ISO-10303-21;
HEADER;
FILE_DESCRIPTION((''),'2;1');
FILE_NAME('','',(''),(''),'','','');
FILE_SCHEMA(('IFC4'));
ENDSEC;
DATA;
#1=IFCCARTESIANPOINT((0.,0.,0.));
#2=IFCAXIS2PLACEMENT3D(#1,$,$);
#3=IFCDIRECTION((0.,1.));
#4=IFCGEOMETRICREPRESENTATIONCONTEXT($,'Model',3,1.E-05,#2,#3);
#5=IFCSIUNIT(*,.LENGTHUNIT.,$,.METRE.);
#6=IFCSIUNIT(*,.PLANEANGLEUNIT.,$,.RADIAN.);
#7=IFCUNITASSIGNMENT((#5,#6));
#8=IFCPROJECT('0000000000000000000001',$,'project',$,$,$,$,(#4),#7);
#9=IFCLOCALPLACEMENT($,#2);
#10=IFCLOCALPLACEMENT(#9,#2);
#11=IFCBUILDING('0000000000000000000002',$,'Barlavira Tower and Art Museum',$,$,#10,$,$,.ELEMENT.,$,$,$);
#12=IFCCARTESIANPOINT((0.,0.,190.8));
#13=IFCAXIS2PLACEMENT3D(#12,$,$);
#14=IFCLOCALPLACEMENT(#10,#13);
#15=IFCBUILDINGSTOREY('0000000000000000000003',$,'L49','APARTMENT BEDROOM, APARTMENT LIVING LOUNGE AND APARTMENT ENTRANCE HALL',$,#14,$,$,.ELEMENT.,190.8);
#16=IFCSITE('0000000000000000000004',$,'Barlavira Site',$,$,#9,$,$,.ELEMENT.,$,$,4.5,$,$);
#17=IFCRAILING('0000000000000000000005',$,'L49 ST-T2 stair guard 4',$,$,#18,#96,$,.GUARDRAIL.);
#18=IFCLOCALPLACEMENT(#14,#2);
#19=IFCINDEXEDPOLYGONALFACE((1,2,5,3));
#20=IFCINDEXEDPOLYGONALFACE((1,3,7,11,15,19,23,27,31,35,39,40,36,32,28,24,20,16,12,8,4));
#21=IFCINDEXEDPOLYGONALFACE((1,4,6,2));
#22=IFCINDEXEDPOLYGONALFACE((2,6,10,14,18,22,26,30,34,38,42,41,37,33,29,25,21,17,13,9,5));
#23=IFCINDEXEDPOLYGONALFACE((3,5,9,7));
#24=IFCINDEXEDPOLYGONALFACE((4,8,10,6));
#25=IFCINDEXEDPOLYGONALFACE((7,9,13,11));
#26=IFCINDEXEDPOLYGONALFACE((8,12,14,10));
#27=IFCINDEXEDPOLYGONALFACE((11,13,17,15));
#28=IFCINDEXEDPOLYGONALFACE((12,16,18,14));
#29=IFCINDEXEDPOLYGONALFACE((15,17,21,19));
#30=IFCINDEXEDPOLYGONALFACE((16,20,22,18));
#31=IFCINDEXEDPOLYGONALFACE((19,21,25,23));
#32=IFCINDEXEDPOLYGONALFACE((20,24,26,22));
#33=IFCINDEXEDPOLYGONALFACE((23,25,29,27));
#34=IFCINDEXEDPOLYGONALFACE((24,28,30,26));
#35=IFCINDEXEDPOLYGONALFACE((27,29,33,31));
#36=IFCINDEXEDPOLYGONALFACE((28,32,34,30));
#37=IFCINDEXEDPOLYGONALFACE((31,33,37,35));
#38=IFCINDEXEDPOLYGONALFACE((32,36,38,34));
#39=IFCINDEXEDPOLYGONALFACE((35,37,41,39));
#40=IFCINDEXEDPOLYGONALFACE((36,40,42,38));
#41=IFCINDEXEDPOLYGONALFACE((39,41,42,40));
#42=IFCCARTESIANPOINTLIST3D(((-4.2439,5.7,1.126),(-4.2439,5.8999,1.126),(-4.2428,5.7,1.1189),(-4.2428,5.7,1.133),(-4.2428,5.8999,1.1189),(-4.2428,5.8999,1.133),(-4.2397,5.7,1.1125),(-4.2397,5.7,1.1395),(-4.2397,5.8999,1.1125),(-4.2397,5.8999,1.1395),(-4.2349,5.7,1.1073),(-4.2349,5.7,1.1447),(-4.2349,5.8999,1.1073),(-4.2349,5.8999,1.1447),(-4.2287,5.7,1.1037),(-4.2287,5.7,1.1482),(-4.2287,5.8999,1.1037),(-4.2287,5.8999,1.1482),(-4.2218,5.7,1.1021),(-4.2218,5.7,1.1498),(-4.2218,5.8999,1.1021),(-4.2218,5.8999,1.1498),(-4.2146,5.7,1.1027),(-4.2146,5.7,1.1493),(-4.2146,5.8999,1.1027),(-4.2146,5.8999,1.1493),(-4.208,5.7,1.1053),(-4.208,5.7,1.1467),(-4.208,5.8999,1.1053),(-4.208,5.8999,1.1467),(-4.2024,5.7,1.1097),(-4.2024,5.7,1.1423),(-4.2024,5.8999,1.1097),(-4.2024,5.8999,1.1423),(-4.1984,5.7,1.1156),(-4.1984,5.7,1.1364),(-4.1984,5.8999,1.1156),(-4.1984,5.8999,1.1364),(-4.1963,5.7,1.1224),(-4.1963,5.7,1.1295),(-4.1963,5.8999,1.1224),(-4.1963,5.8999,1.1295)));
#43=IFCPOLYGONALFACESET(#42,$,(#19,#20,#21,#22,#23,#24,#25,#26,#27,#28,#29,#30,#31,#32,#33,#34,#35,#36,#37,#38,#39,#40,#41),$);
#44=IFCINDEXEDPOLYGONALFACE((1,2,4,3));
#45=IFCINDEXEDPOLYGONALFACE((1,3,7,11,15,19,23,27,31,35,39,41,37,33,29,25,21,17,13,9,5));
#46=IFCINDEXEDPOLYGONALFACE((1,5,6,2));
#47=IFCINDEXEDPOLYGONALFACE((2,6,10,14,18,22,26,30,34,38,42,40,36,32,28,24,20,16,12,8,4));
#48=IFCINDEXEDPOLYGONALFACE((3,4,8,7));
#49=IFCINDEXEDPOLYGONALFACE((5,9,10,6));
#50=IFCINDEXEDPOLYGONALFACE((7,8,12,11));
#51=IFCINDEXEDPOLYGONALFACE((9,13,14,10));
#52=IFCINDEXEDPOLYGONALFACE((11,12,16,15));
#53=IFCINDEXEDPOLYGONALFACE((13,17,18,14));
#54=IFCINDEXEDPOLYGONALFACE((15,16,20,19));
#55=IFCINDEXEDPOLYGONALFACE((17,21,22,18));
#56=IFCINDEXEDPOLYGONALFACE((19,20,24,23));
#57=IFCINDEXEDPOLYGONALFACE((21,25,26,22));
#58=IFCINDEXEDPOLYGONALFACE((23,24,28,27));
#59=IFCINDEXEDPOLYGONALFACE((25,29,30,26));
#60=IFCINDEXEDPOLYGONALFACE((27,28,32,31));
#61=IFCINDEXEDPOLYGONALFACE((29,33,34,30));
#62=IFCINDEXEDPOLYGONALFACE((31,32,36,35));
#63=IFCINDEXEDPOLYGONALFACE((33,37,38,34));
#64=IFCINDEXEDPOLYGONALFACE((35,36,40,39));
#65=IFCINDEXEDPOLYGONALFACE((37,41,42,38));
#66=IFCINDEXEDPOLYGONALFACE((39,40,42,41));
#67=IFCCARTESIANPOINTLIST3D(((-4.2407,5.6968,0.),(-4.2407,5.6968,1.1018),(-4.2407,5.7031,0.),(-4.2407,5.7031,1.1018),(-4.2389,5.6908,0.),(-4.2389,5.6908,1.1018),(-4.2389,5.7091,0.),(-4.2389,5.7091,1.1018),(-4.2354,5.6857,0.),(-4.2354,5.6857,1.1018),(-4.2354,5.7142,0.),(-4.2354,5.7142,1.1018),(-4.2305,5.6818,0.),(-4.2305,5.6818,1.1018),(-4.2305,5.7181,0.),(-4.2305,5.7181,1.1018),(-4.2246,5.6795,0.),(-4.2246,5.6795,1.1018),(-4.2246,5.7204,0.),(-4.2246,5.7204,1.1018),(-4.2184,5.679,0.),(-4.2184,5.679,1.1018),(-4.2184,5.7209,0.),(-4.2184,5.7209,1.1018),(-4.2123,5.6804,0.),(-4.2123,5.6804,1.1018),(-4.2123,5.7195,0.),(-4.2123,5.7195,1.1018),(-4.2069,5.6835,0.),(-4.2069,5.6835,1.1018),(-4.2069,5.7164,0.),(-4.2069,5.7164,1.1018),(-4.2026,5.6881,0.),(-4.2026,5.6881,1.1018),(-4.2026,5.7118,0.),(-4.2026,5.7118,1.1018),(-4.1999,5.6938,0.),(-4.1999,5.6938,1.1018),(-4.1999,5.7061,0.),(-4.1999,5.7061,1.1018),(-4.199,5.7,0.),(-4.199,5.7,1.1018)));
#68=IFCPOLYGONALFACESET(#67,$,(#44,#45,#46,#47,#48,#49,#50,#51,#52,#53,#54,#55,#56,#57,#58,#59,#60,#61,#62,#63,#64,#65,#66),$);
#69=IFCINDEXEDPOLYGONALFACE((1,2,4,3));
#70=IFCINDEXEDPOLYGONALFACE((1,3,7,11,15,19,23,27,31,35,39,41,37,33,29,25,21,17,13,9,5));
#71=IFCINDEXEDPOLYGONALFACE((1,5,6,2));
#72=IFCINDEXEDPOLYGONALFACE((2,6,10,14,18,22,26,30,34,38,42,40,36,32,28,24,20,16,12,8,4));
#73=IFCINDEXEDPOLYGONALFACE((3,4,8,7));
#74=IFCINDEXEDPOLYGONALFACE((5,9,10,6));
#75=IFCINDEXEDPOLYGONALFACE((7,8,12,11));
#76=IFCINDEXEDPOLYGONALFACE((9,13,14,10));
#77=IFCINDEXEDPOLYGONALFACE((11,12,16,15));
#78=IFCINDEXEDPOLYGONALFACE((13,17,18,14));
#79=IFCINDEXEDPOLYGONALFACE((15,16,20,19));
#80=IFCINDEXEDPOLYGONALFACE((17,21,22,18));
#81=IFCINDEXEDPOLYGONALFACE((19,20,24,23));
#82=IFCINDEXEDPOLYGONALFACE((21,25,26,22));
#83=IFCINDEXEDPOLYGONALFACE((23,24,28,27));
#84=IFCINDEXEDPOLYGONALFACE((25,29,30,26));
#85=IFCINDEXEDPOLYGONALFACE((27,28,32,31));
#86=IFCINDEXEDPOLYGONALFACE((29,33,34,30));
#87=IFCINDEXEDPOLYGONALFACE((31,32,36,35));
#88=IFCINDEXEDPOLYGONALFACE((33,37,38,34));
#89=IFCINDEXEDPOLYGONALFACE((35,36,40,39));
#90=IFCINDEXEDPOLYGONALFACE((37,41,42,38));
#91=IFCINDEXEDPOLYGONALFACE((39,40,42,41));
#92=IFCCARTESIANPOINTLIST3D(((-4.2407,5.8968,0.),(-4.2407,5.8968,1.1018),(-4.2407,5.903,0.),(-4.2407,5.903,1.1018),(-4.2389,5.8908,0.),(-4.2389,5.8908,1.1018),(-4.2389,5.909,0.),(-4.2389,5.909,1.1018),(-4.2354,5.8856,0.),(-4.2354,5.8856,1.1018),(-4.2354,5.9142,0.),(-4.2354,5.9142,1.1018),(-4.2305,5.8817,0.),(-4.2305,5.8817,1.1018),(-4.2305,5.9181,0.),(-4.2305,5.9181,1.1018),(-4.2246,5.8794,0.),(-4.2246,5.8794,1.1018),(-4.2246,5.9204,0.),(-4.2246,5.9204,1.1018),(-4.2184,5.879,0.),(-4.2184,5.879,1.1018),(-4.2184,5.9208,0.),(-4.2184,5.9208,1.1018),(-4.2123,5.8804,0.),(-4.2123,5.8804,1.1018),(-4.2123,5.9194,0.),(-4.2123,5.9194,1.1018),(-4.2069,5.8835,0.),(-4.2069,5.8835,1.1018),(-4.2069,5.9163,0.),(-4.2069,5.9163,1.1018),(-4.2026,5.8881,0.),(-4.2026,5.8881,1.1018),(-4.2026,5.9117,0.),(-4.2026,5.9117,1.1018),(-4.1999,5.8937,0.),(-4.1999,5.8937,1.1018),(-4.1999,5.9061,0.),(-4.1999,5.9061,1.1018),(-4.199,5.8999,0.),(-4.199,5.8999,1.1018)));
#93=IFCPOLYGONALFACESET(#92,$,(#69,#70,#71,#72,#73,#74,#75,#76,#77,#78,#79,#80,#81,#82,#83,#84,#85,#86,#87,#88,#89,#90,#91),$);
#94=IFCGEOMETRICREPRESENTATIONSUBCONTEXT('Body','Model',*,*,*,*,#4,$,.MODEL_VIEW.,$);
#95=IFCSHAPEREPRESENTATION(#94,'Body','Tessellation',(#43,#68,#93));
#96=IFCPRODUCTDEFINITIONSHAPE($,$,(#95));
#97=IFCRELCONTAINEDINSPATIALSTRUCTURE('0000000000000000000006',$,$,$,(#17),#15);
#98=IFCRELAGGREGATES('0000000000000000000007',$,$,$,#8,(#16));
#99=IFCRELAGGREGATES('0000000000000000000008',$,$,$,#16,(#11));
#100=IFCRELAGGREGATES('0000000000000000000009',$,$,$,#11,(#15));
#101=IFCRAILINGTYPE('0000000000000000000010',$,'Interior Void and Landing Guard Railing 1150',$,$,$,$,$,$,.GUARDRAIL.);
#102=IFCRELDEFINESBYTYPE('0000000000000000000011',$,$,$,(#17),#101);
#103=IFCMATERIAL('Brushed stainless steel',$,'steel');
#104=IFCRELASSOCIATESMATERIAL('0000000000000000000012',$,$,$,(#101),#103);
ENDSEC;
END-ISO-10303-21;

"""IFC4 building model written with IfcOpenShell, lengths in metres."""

from ifc_helpers import new_model, si_unit, direction, frame, origin, origin_2d, place, context, subcontext, project, spatial, circle, extrude, material, type_object, element, save


model = new_model("IFC4")

# Units and contexts
model_context = context("Model", 3, precision=1e-05, world=origin(), true_north=direction((0.0, 1.0)))
body_context = subcontext(model_context, "Body", "Model", "MODEL_VIEW")
ifc_project = project(units=[si_unit("LENGTHUNIT", "METRE"), si_unit("PLANEANGLEUNIT", "RADIAN")], contexts=[model_context])

# Site, building, storey
site_placement = place(None, origin())
site = spatial("IfcSite", under=ifc_project, at=site_placement, Name="Barlavira Site", CompositionType="ELEMENT", RefElevation=4.5)
building_placement = place(site_placement, origin())
building = spatial("IfcBuilding", under=site, at=building_placement, Name="Barlavira Tower and Art Museum", CompositionType="ELEMENT")
storey_placement = place(building_placement, frame((0.0, 0.0, 190.8)))
storey = spatial("IfcBuildingStorey", under=building, at=storey_placement, Name="L49", Description="APARTMENT BEDROOM, APARTMENT LIVING LOUNGE AND APARTMENT ENTRANCE HALL", CompositionType="ELEMENT", Elevation=190.8)

# Shared definitions
ifc_material_1 = material(Name="Brushed stainless steel", Category="steel")

# Railing
railing_type_1 = type_object("IfcRailingType", Name="Interior Void and Landing Guard Railing 1150", PredefinedType="GUARDRAIL", material=ifc_material_1)
railing_1_placement = place(storey_placement, frame((-4.22, 5.7, 0.0)))
element("IfcRailing", 1, at=railing_1_placement, inside=storey, type_object=railing_type_1, Name="L49 ST-T2 stair guard 4", PredefinedType="GUARDRAIL", context=body_context, shape_type="SweptSolid", body=[
    extrude(circle(Radius=0.0239, at=origin_2d()), frame((0.0, 0.0, 1.126), z_axis=(0.0, 1.0, 0.0), x_axis=(-1.0, 0.0, 0.0)), (0.0, 0.0, 1.0), 0.2),
    extrude(circle(Radius=0.021, at=origin_2d()), origin(), (0.0, 0.0, 1.0), 1.1018),
    extrude(circle(Radius=0.021, at=origin_2d()), frame((0.0, 0.2, 0.0)), (0.0, 0.0, 1.0), 1.1018),
])

save(model, "model.ifc")
